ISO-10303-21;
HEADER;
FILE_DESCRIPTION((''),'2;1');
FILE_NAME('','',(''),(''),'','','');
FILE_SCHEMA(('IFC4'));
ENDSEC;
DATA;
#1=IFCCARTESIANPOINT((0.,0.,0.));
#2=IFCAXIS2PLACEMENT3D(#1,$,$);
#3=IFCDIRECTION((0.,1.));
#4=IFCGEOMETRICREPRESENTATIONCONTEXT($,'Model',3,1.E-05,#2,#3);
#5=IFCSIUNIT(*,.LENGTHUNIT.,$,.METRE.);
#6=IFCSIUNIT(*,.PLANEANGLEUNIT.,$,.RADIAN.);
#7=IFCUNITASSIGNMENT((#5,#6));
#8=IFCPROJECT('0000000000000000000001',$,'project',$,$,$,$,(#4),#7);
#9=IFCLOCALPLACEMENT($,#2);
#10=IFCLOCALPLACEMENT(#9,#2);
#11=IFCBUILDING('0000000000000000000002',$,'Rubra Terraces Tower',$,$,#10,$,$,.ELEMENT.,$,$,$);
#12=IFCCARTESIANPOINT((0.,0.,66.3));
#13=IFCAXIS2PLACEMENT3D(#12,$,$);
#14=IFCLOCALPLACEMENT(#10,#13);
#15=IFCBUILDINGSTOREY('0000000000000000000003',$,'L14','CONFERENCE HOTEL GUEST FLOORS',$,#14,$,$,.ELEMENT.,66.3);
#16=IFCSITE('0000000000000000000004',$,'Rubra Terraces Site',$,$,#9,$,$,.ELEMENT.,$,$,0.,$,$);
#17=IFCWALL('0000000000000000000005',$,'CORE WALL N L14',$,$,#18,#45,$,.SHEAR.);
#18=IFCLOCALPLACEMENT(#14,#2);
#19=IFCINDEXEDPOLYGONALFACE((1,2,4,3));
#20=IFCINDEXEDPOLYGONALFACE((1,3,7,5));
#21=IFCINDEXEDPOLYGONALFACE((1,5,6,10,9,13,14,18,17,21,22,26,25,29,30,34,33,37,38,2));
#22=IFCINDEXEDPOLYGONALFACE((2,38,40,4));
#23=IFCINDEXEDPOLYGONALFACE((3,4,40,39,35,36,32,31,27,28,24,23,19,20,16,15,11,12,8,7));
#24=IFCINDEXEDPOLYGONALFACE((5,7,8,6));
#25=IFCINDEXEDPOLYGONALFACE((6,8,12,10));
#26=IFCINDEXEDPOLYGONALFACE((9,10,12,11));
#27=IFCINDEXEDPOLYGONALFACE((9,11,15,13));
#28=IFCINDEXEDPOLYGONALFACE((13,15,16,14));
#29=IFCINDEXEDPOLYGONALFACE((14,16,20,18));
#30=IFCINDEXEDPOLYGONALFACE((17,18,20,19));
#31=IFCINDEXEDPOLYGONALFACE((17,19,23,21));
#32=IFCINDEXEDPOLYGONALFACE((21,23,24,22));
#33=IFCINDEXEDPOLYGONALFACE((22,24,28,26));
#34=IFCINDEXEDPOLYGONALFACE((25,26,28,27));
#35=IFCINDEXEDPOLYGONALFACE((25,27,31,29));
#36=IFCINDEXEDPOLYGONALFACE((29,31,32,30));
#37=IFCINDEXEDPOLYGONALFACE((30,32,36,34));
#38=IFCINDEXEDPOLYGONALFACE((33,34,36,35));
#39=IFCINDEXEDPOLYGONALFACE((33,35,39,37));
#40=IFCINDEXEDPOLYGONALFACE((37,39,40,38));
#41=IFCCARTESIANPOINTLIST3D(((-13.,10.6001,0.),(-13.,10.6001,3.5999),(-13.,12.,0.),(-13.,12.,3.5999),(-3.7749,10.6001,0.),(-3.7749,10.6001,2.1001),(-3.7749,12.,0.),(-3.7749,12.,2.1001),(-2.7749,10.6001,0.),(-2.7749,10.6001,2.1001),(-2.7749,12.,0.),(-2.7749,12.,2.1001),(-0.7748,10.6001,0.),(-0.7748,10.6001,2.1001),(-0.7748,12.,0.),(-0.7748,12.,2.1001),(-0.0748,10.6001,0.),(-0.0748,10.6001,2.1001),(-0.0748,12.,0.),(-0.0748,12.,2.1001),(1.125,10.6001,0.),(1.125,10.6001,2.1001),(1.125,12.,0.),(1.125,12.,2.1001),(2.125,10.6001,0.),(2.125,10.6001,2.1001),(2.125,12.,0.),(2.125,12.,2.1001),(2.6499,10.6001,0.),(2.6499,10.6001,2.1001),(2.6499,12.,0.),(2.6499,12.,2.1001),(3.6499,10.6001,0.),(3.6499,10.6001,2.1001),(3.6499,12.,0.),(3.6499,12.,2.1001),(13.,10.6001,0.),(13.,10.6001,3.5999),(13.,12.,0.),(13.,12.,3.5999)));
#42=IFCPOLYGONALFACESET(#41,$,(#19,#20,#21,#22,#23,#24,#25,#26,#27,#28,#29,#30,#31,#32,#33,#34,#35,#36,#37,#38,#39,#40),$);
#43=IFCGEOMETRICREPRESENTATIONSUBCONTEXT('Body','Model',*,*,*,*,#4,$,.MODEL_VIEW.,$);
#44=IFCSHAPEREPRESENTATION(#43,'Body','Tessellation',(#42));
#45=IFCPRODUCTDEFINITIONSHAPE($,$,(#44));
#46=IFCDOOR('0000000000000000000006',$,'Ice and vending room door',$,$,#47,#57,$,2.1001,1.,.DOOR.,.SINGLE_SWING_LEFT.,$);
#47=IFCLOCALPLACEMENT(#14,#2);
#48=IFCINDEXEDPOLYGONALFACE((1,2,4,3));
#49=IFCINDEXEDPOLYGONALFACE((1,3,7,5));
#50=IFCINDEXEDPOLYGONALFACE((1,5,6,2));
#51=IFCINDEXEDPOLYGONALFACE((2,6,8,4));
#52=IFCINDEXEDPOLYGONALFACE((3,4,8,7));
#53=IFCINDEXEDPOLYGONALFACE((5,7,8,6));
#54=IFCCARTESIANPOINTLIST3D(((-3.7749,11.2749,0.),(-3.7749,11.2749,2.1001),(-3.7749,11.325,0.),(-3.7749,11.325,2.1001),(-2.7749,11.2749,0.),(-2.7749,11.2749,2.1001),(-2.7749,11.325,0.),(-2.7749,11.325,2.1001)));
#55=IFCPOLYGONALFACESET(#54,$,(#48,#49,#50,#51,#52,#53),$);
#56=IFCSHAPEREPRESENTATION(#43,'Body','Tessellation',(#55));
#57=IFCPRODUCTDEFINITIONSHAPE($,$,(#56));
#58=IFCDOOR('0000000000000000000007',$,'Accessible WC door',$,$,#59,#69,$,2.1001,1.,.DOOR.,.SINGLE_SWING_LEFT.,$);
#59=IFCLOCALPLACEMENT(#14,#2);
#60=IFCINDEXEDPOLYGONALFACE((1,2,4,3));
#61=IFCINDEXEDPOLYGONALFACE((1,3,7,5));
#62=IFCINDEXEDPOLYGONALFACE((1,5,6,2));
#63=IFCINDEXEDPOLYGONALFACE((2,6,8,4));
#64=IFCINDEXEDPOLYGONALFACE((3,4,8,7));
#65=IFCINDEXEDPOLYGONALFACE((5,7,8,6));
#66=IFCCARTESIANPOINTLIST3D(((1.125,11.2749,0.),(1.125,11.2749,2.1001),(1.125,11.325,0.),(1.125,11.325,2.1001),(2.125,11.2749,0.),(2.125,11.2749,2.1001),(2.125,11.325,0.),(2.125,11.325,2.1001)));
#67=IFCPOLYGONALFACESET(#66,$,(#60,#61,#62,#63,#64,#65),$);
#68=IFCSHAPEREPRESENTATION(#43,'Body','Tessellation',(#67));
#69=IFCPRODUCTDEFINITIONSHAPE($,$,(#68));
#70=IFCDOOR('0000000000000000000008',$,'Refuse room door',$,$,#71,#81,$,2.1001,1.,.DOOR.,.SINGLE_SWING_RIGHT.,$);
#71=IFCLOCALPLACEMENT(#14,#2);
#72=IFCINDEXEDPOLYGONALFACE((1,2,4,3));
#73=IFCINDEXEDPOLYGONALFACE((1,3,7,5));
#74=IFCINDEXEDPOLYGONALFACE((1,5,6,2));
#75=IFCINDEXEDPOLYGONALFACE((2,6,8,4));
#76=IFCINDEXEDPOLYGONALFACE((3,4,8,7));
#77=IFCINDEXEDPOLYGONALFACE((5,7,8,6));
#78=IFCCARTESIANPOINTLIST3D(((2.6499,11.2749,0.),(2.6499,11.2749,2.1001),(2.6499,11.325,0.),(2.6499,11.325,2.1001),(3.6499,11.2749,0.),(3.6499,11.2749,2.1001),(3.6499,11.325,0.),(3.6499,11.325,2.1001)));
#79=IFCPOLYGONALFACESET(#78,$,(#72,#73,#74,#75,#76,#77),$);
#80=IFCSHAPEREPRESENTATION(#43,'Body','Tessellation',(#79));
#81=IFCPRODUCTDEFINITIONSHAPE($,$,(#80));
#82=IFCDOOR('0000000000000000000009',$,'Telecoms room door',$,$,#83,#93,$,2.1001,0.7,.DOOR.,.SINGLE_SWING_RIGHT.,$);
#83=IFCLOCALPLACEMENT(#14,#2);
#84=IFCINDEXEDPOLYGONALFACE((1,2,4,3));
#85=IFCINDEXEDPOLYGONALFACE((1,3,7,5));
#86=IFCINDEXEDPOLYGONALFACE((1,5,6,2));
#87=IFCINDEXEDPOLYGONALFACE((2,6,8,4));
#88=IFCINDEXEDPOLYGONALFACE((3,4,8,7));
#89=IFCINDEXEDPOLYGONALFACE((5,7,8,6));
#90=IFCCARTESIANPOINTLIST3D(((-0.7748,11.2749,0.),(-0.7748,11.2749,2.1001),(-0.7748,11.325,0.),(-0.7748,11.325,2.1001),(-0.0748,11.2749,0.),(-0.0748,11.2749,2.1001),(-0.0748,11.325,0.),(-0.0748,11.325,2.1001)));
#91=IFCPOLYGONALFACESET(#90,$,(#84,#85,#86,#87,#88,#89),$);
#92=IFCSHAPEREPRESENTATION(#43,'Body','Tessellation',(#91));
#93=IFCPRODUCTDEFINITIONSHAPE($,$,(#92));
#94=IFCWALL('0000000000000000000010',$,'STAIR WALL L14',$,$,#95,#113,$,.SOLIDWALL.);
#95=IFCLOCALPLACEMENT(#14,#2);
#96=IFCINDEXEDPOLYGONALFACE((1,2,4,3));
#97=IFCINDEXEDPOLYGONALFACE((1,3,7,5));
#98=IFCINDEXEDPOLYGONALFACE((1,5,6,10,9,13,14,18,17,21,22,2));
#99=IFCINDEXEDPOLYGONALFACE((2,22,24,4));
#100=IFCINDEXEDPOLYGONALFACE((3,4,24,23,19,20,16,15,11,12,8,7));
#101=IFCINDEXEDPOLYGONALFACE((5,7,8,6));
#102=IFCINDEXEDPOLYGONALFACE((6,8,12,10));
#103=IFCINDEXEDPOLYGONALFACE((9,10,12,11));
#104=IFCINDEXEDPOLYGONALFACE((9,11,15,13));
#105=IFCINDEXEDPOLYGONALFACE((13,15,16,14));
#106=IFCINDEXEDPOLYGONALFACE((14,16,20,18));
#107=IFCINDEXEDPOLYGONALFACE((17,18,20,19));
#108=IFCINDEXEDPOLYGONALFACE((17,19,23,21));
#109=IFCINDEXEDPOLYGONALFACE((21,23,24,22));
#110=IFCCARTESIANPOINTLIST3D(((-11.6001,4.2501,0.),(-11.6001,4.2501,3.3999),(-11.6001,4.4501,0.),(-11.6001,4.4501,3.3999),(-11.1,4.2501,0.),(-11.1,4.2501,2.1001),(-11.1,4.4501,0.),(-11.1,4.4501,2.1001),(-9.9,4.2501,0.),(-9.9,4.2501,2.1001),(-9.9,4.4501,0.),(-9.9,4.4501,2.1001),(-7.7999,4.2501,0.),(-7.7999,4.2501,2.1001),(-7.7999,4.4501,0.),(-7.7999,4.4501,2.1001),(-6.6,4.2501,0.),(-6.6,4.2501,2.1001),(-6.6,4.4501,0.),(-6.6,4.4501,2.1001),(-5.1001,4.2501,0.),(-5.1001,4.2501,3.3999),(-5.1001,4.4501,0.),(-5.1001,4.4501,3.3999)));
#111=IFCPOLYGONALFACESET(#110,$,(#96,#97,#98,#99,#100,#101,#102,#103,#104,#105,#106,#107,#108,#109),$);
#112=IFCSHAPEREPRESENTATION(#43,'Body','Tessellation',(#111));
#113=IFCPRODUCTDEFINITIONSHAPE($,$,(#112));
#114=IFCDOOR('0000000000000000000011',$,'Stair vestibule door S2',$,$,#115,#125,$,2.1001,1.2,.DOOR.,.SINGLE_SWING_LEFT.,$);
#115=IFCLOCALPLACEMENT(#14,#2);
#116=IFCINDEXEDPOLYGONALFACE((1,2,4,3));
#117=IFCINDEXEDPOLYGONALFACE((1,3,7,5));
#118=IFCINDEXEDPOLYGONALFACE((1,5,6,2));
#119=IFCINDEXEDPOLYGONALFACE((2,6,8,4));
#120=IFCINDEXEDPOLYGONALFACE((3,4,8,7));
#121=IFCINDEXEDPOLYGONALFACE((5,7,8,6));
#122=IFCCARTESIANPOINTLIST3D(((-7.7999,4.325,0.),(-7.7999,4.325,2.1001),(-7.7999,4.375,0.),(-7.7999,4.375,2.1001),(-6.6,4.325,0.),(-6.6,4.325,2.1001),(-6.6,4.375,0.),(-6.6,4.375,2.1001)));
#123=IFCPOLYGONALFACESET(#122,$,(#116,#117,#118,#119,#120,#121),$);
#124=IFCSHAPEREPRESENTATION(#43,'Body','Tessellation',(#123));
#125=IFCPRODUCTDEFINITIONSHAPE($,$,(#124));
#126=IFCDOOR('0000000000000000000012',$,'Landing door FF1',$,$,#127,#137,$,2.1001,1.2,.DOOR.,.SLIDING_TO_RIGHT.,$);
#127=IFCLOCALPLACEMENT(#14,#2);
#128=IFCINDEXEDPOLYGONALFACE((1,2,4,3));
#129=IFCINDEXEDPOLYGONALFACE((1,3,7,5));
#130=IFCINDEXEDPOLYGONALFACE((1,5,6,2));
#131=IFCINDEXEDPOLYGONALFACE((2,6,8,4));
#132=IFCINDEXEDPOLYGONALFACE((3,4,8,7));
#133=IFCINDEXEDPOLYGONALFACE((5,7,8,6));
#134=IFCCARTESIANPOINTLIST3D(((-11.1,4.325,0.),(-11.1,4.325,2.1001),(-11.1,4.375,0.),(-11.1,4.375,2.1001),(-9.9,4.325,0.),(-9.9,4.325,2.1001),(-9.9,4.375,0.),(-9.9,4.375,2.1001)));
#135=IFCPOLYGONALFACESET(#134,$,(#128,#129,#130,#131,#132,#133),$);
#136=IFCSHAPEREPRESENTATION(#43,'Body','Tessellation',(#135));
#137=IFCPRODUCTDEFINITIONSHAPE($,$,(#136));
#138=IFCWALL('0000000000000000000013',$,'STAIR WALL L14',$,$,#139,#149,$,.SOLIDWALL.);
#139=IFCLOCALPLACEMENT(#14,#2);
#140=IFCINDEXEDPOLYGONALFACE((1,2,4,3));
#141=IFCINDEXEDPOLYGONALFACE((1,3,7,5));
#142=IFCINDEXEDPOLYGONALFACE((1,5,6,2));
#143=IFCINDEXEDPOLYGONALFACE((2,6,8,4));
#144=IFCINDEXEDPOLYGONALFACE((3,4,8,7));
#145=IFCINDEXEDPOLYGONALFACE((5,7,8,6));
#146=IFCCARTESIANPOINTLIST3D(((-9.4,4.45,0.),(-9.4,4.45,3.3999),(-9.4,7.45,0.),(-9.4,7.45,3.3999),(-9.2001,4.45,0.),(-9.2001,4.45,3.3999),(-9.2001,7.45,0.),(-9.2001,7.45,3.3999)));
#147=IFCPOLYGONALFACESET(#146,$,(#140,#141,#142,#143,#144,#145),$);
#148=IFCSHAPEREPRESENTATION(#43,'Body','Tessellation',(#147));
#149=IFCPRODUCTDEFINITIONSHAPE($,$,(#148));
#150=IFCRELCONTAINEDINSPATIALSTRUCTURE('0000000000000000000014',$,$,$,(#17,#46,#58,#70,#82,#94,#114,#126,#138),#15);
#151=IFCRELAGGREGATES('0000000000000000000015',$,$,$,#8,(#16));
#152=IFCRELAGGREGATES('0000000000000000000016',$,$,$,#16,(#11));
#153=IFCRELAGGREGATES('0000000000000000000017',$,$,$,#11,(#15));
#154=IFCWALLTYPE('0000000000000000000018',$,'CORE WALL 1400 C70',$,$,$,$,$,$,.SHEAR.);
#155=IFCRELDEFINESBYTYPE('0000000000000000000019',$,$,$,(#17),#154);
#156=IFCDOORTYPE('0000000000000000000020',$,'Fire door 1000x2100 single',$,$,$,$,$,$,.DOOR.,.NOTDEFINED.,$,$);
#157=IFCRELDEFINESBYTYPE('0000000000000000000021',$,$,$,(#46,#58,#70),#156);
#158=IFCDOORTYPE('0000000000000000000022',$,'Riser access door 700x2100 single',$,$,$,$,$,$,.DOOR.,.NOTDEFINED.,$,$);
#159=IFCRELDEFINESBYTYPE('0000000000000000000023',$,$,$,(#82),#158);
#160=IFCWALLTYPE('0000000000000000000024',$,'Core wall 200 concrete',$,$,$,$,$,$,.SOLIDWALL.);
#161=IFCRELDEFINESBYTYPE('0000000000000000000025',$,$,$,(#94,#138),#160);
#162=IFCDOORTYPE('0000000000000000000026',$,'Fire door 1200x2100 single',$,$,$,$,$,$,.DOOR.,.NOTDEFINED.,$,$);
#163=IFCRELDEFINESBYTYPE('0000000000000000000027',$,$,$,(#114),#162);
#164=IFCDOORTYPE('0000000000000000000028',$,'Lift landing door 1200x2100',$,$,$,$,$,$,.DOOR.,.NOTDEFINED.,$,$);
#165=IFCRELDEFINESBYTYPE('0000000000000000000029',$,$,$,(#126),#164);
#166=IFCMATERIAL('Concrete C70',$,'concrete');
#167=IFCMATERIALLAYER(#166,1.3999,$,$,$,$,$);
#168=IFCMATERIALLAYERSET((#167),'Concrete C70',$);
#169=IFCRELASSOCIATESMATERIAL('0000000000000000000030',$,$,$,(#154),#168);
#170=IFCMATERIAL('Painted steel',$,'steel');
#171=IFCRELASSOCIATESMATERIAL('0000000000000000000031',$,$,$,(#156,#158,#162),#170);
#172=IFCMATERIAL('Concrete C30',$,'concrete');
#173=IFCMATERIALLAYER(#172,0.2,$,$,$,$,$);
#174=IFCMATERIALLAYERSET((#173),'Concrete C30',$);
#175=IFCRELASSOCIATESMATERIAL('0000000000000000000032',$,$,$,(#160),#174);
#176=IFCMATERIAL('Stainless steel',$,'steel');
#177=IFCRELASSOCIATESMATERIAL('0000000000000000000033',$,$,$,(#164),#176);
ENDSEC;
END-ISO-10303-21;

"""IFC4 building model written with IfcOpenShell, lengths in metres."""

from ifc_helpers import new_model, si_unit, direction, frame, frame_2d, origin, place, context, subcontext, project, spatial, rectangle, extrude, material, layer, layer_set, type_object, element, fill, save


model = new_model("IFC4")

# Units and contexts
model_context = context("Model", 3, precision=1e-05, world=origin(), true_north=direction((0.0, 1.0)))
body_context = subcontext(model_context, "Body", "Model", "MODEL_VIEW")
ifc_project = project(units=[si_unit("LENGTHUNIT", "METRE"), si_unit("PLANEANGLEUNIT", "RADIAN")], contexts=[model_context])

# Site, building, storey
site_placement = place(None, origin())
site = spatial("IfcSite", under=ifc_project, at=site_placement, Name="Rubra Terraces Site", CompositionType="ELEMENT", RefElevation=0.0)
building_placement = place(site_placement, origin())
building = spatial("IfcBuilding", under=site, at=building_placement, Name="Rubra Terraces Tower", CompositionType="ELEMENT")
storey_placement = place(building_placement, frame((0.0, 0.0, 66.3)))
storey = spatial("IfcBuildingStorey", under=building, at=storey_placement, Name="L14", Description="CONFERENCE HOTEL GUEST FLOORS", CompositionType="ELEMENT", Elevation=66.3)

# Walls, openings, doors
ifc_material_1 = material(Name="Concrete C70", Category="concrete")
ifc_layer_1 = layer(ifc_material_1, 1.3999)
ifc_layer_set_1 = layer_set([ifc_layer_1], Name="Concrete C70")
wall_type_1 = type_object("IfcWallType", Name="CORE WALL 1400 C70", PredefinedType="SHEAR", material=ifc_layer_set_1)
wall_1_placement = place(storey_placement, frame((-13.0, 11.3, 0.0), z_axis=(0.0, 0.0, 1.0), x_axis=(1.0, 0.0, 0.0)))
wall_1 = element("IfcWall", 1, at=wall_1_placement, inside=storey, type_object=wall_type_1, Name="CORE WALL N L14", PredefinedType="SHEAR", context=body_context, shape_type="SweptSolid", body=[
    extrude(rectangle(XDim=26.0, YDim=1.3999, at=frame_2d((13.0, 0.0))), origin(), (0.0, 0.0, 1.0), 3.5999),
])
opening_1_placement = place(wall_1_placement, frame((9.2251, 0.0, 0.0)))
opening_1 = element("IfcOpeningElement", 2, at=opening_1_placement, cuts=wall_1, PredefinedType="OPENING", context=body_context, shape_type="SweptSolid", body=[
    extrude(rectangle(XDim=1.0, YDim=2.1001, at=frame_2d((0.5, 1.05))), frame((0.0, 0.71, 0.0), z_axis=(0.0, -1.0, 0.0), x_axis=(1.0, 0.0, 0.0)), (0.0, 0.0, 1.0), 1.4199),
])
opening_2_placement = place(wall_1_placement, frame((12.2251, 0.0, 0.0)))
opening_2 = element("IfcOpeningElement", 3, at=opening_2_placement, cuts=wall_1, PredefinedType="OPENING", context=body_context, shape_type="SweptSolid", body=[
    extrude(rectangle(XDim=0.7, YDim=2.1001, at=frame_2d((0.3501, 1.05))), frame((0.0, 0.71, 0.0), z_axis=(0.0, -1.0, 0.0), x_axis=(1.0, 0.0, 0.0)), (0.0, 0.0, 1.0), 1.4199),
])
opening_3_placement = place(wall_1_placement, frame((14.125, 0.0, 0.0)))
opening_3 = element("IfcOpeningElement", 4, at=opening_3_placement, cuts=wall_1, PredefinedType="OPENING", context=body_context, shape_type="SweptSolid", body=[
    extrude(rectangle(XDim=1.0, YDim=2.1001, at=frame_2d((0.5, 1.05))), frame((0.0, 0.71, 0.0), z_axis=(0.0, -1.0, 0.0), x_axis=(1.0, 0.0, 0.0)), (0.0, 0.0, 1.0), 1.4199),
])
opening_4_placement = place(wall_1_placement, frame((15.6499, 0.0, 0.0)))
opening_4 = element("IfcOpeningElement", 5, at=opening_4_placement, cuts=wall_1, PredefinedType="OPENING", context=body_context, shape_type="SweptSolid", body=[
    extrude(rectangle(XDim=1.0, YDim=2.1001, at=frame_2d((0.5, 1.05))), frame((0.0, 0.71, 0.0), z_axis=(0.0, -1.0, 0.0), x_axis=(1.0, 0.0, 0.0)), (0.0, 0.0, 1.0), 1.4199),
])
ifc_material_2 = material(Name="Painted steel", Category="steel")
door_type_1 = type_object("IfcDoorType", Name="Fire door 1000x2100 single", OperationType="NOTDEFINED", PredefinedType="DOOR", material=ifc_material_2)
door_1_placement = place(opening_1_placement, origin())
door_1 = element("IfcDoor", 6, at=door_1_placement, inside=storey, type_object=door_type_1, Name="Ice and vending room door", OperationType="SINGLE_SWING_LEFT", OverallHeight=2.1001, OverallWidth=1.0, PredefinedType="DOOR", context=body_context, shape_type="SweptSolid", body=[
    extrude(rectangle(XDim=1.0, YDim=2.1001, at=frame_2d((0.5, 1.05))), frame((0.0, 0.0249, 0.0), z_axis=(0.0, -1.0, 0.0), x_axis=(1.0, 0.0, 0.0)), (0.0, 0.0, 1.0), 0.05),
])
fill(opening_1, door_1)
door_2_placement = place(opening_3_placement, origin())
door_2 = element("IfcDoor", 7, at=door_2_placement, inside=storey, type_object=door_type_1, Name="Accessible WC door", OperationType="SINGLE_SWING_LEFT", OverallHeight=2.1001, OverallWidth=1.0, PredefinedType="DOOR", context=body_context, shape_type="SweptSolid", body=[
    extrude(rectangle(XDim=1.0, YDim=2.1001, at=frame_2d((0.5, 1.05))), frame((0.0, 0.0249, 0.0), z_axis=(0.0, -1.0, 0.0), x_axis=(1.0, 0.0, 0.0)), (0.0, 0.0, 1.0), 0.05),
])
fill(opening_3, door_2)
door_3_placement = place(opening_4_placement, origin())
door_3 = element("IfcDoor", 8, at=door_3_placement, inside=storey, type_object=door_type_1, Name="Refuse room door", OperationType="SINGLE_SWING_RIGHT", OverallHeight=2.1001, OverallWidth=1.0, PredefinedType="DOOR", context=body_context, shape_type="SweptSolid", body=[
    extrude(rectangle(XDim=1.0, YDim=2.1001, at=frame_2d((0.5, 1.05))), frame((0.0, 0.0249, 0.0), z_axis=(0.0, -1.0, 0.0), x_axis=(1.0, 0.0, 0.0)), (0.0, 0.0, 1.0), 0.05),
])
fill(opening_4, door_3)
door_type_2 = type_object("IfcDoorType", Name="Riser access door 700x2100 single", OperationType="NOTDEFINED", PredefinedType="DOOR", material=ifc_material_2)
door_4_placement = place(opening_2_placement, origin())
door_4 = element("IfcDoor", 9, at=door_4_placement, inside=storey, type_object=door_type_2, Name="Telecoms room door", OperationType="SINGLE_SWING_RIGHT", OverallHeight=2.1001, OverallWidth=0.7, PredefinedType="DOOR", context=body_context, shape_type="SweptSolid", body=[
    extrude(rectangle(XDim=0.7, YDim=2.1001, at=frame_2d((0.3501, 1.05))), frame((0.0, 0.0249, 0.0), z_axis=(0.0, -1.0, 0.0), x_axis=(1.0, 0.0, 0.0)), (0.0, 0.0, 1.0), 0.05),
])
fill(opening_2, door_4)
ifc_material_3 = material(Name="Concrete C30", Category="concrete")
ifc_layer_2 = layer(ifc_material_3, 0.2)
ifc_layer_set_2 = layer_set([ifc_layer_2], Name="Concrete C30")
wall_type_2 = type_object("IfcWallType", Name="Core wall 200 concrete", PredefinedType="SOLIDWALL", material=ifc_layer_set_2)
wall_2_placement = place(storey_placement, frame((-11.6001, 4.3501, 0.0), z_axis=(0.0, 0.0, 1.0), x_axis=(1.0, 0.0, 0.0)))
wall_2 = element("IfcWall", 10, at=wall_2_placement, inside=storey, type_object=wall_type_2, Name="STAIR WALL L14", PredefinedType="SOLIDWALL", context=body_context, shape_type="SweptSolid", body=[
    extrude(rectangle(XDim=6.5, YDim=0.2, at=frame_2d((3.25, 0.0))), origin(), (0.0, 0.0, 1.0), 3.3999),
])
opening_5_placement = place(wall_2_placement, frame((3.8, 0.0, 0.0)))
opening_5 = element("IfcOpeningElement", 11, at=opening_5_placement, cuts=wall_2, PredefinedType="OPENING", context=body_context, shape_type="SweptSolid", body=[
    extrude(rectangle(XDim=1.2, YDim=2.1001, at=frame_2d((0.6001, 1.05))), frame((0.0, 0.1099, 0.0), z_axis=(0.0, -1.0, 0.0), x_axis=(1.0, 0.0, 0.0)), (0.0, 0.0, 1.0), 0.22),
])
opening_6_placement = place(wall_2_placement, frame((0.5, 0.0, 0.0)))
opening_6 = element("IfcOpeningElement", 12, at=opening_6_placement, cuts=wall_2, PredefinedType="OPENING", context=body_context, shape_type="SweptSolid", body=[
    extrude(rectangle(XDim=1.2, YDim=2.1001, at=frame_2d((0.6001, 1.05))), frame((0.0, 0.1099, 0.0), z_axis=(0.0, -1.0, 0.0), x_axis=(1.0, 0.0, 0.0)), (0.0, 0.0, 1.0), 0.22),
])
door_type_3 = type_object("IfcDoorType", Name="Fire door 1200x2100 single", OperationType="NOTDEFINED", PredefinedType="DOOR", material=ifc_material_2)
door_5_placement = place(opening_5_placement, origin())
door_5 = element("IfcDoor", 13, at=door_5_placement, inside=storey, type_object=door_type_3, Name="Stair vestibule door S2", OperationType="SINGLE_SWING_LEFT", OverallHeight=2.1001, OverallWidth=1.2, PredefinedType="DOOR", context=body_context, shape_type="SweptSolid", body=[
    extrude(rectangle(XDim=1.2, YDim=2.1001, at=frame_2d((0.6001, 1.05))), frame((0.0, 0.0249, 0.0), z_axis=(0.0, -1.0, 0.0), x_axis=(1.0, 0.0, 0.0)), (0.0, 0.0, 1.0), 0.05),
])
fill(opening_5, door_5)
ifc_material_4 = material(Name="Stainless steel", Category="steel")
door_type_4 = type_object("IfcDoorType", Name="Lift landing door 1200x2100", OperationType="NOTDEFINED", PredefinedType="DOOR", material=ifc_material_4)
door_6_placement = place(opening_6_placement, origin())
door_6 = element("IfcDoor", 14, at=door_6_placement, inside=storey, type_object=door_type_4, Name="Landing door FF1", OperationType="SLIDING_TO_RIGHT", OverallHeight=2.1001, OverallWidth=1.2, PredefinedType="DOOR", context=body_context, shape_type="SweptSolid", body=[
    extrude(rectangle(XDim=1.2, YDim=2.1001, at=frame_2d((0.6001, 1.05))), frame((0.0, 0.0249, 0.0), z_axis=(0.0, -1.0, 0.0), x_axis=(1.0, 0.0, 0.0)), (0.0, 0.0, 1.0), 0.05),
])
fill(opening_6, door_6)

# Wall
wall_3_placement = place(storey_placement, frame((-9.3, 4.45, 0.0), z_axis=(0.0, 0.0, 1.0), x_axis=(0.0, 1.0, 0.0)))
element("IfcWall", 15, at=wall_3_placement, inside=storey, type_object=wall_type_2, Name="STAIR WALL L14", PredefinedType="SOLIDWALL", context=body_context, shape_type="SweptSolid", body=[
    extrude(rectangle(XDim=3.0, YDim=0.2, at=frame_2d((1.5, 0.0))), origin(), (0.0, 0.0, 1.0), 3.3999),
])

save(model, "model.ifc")
